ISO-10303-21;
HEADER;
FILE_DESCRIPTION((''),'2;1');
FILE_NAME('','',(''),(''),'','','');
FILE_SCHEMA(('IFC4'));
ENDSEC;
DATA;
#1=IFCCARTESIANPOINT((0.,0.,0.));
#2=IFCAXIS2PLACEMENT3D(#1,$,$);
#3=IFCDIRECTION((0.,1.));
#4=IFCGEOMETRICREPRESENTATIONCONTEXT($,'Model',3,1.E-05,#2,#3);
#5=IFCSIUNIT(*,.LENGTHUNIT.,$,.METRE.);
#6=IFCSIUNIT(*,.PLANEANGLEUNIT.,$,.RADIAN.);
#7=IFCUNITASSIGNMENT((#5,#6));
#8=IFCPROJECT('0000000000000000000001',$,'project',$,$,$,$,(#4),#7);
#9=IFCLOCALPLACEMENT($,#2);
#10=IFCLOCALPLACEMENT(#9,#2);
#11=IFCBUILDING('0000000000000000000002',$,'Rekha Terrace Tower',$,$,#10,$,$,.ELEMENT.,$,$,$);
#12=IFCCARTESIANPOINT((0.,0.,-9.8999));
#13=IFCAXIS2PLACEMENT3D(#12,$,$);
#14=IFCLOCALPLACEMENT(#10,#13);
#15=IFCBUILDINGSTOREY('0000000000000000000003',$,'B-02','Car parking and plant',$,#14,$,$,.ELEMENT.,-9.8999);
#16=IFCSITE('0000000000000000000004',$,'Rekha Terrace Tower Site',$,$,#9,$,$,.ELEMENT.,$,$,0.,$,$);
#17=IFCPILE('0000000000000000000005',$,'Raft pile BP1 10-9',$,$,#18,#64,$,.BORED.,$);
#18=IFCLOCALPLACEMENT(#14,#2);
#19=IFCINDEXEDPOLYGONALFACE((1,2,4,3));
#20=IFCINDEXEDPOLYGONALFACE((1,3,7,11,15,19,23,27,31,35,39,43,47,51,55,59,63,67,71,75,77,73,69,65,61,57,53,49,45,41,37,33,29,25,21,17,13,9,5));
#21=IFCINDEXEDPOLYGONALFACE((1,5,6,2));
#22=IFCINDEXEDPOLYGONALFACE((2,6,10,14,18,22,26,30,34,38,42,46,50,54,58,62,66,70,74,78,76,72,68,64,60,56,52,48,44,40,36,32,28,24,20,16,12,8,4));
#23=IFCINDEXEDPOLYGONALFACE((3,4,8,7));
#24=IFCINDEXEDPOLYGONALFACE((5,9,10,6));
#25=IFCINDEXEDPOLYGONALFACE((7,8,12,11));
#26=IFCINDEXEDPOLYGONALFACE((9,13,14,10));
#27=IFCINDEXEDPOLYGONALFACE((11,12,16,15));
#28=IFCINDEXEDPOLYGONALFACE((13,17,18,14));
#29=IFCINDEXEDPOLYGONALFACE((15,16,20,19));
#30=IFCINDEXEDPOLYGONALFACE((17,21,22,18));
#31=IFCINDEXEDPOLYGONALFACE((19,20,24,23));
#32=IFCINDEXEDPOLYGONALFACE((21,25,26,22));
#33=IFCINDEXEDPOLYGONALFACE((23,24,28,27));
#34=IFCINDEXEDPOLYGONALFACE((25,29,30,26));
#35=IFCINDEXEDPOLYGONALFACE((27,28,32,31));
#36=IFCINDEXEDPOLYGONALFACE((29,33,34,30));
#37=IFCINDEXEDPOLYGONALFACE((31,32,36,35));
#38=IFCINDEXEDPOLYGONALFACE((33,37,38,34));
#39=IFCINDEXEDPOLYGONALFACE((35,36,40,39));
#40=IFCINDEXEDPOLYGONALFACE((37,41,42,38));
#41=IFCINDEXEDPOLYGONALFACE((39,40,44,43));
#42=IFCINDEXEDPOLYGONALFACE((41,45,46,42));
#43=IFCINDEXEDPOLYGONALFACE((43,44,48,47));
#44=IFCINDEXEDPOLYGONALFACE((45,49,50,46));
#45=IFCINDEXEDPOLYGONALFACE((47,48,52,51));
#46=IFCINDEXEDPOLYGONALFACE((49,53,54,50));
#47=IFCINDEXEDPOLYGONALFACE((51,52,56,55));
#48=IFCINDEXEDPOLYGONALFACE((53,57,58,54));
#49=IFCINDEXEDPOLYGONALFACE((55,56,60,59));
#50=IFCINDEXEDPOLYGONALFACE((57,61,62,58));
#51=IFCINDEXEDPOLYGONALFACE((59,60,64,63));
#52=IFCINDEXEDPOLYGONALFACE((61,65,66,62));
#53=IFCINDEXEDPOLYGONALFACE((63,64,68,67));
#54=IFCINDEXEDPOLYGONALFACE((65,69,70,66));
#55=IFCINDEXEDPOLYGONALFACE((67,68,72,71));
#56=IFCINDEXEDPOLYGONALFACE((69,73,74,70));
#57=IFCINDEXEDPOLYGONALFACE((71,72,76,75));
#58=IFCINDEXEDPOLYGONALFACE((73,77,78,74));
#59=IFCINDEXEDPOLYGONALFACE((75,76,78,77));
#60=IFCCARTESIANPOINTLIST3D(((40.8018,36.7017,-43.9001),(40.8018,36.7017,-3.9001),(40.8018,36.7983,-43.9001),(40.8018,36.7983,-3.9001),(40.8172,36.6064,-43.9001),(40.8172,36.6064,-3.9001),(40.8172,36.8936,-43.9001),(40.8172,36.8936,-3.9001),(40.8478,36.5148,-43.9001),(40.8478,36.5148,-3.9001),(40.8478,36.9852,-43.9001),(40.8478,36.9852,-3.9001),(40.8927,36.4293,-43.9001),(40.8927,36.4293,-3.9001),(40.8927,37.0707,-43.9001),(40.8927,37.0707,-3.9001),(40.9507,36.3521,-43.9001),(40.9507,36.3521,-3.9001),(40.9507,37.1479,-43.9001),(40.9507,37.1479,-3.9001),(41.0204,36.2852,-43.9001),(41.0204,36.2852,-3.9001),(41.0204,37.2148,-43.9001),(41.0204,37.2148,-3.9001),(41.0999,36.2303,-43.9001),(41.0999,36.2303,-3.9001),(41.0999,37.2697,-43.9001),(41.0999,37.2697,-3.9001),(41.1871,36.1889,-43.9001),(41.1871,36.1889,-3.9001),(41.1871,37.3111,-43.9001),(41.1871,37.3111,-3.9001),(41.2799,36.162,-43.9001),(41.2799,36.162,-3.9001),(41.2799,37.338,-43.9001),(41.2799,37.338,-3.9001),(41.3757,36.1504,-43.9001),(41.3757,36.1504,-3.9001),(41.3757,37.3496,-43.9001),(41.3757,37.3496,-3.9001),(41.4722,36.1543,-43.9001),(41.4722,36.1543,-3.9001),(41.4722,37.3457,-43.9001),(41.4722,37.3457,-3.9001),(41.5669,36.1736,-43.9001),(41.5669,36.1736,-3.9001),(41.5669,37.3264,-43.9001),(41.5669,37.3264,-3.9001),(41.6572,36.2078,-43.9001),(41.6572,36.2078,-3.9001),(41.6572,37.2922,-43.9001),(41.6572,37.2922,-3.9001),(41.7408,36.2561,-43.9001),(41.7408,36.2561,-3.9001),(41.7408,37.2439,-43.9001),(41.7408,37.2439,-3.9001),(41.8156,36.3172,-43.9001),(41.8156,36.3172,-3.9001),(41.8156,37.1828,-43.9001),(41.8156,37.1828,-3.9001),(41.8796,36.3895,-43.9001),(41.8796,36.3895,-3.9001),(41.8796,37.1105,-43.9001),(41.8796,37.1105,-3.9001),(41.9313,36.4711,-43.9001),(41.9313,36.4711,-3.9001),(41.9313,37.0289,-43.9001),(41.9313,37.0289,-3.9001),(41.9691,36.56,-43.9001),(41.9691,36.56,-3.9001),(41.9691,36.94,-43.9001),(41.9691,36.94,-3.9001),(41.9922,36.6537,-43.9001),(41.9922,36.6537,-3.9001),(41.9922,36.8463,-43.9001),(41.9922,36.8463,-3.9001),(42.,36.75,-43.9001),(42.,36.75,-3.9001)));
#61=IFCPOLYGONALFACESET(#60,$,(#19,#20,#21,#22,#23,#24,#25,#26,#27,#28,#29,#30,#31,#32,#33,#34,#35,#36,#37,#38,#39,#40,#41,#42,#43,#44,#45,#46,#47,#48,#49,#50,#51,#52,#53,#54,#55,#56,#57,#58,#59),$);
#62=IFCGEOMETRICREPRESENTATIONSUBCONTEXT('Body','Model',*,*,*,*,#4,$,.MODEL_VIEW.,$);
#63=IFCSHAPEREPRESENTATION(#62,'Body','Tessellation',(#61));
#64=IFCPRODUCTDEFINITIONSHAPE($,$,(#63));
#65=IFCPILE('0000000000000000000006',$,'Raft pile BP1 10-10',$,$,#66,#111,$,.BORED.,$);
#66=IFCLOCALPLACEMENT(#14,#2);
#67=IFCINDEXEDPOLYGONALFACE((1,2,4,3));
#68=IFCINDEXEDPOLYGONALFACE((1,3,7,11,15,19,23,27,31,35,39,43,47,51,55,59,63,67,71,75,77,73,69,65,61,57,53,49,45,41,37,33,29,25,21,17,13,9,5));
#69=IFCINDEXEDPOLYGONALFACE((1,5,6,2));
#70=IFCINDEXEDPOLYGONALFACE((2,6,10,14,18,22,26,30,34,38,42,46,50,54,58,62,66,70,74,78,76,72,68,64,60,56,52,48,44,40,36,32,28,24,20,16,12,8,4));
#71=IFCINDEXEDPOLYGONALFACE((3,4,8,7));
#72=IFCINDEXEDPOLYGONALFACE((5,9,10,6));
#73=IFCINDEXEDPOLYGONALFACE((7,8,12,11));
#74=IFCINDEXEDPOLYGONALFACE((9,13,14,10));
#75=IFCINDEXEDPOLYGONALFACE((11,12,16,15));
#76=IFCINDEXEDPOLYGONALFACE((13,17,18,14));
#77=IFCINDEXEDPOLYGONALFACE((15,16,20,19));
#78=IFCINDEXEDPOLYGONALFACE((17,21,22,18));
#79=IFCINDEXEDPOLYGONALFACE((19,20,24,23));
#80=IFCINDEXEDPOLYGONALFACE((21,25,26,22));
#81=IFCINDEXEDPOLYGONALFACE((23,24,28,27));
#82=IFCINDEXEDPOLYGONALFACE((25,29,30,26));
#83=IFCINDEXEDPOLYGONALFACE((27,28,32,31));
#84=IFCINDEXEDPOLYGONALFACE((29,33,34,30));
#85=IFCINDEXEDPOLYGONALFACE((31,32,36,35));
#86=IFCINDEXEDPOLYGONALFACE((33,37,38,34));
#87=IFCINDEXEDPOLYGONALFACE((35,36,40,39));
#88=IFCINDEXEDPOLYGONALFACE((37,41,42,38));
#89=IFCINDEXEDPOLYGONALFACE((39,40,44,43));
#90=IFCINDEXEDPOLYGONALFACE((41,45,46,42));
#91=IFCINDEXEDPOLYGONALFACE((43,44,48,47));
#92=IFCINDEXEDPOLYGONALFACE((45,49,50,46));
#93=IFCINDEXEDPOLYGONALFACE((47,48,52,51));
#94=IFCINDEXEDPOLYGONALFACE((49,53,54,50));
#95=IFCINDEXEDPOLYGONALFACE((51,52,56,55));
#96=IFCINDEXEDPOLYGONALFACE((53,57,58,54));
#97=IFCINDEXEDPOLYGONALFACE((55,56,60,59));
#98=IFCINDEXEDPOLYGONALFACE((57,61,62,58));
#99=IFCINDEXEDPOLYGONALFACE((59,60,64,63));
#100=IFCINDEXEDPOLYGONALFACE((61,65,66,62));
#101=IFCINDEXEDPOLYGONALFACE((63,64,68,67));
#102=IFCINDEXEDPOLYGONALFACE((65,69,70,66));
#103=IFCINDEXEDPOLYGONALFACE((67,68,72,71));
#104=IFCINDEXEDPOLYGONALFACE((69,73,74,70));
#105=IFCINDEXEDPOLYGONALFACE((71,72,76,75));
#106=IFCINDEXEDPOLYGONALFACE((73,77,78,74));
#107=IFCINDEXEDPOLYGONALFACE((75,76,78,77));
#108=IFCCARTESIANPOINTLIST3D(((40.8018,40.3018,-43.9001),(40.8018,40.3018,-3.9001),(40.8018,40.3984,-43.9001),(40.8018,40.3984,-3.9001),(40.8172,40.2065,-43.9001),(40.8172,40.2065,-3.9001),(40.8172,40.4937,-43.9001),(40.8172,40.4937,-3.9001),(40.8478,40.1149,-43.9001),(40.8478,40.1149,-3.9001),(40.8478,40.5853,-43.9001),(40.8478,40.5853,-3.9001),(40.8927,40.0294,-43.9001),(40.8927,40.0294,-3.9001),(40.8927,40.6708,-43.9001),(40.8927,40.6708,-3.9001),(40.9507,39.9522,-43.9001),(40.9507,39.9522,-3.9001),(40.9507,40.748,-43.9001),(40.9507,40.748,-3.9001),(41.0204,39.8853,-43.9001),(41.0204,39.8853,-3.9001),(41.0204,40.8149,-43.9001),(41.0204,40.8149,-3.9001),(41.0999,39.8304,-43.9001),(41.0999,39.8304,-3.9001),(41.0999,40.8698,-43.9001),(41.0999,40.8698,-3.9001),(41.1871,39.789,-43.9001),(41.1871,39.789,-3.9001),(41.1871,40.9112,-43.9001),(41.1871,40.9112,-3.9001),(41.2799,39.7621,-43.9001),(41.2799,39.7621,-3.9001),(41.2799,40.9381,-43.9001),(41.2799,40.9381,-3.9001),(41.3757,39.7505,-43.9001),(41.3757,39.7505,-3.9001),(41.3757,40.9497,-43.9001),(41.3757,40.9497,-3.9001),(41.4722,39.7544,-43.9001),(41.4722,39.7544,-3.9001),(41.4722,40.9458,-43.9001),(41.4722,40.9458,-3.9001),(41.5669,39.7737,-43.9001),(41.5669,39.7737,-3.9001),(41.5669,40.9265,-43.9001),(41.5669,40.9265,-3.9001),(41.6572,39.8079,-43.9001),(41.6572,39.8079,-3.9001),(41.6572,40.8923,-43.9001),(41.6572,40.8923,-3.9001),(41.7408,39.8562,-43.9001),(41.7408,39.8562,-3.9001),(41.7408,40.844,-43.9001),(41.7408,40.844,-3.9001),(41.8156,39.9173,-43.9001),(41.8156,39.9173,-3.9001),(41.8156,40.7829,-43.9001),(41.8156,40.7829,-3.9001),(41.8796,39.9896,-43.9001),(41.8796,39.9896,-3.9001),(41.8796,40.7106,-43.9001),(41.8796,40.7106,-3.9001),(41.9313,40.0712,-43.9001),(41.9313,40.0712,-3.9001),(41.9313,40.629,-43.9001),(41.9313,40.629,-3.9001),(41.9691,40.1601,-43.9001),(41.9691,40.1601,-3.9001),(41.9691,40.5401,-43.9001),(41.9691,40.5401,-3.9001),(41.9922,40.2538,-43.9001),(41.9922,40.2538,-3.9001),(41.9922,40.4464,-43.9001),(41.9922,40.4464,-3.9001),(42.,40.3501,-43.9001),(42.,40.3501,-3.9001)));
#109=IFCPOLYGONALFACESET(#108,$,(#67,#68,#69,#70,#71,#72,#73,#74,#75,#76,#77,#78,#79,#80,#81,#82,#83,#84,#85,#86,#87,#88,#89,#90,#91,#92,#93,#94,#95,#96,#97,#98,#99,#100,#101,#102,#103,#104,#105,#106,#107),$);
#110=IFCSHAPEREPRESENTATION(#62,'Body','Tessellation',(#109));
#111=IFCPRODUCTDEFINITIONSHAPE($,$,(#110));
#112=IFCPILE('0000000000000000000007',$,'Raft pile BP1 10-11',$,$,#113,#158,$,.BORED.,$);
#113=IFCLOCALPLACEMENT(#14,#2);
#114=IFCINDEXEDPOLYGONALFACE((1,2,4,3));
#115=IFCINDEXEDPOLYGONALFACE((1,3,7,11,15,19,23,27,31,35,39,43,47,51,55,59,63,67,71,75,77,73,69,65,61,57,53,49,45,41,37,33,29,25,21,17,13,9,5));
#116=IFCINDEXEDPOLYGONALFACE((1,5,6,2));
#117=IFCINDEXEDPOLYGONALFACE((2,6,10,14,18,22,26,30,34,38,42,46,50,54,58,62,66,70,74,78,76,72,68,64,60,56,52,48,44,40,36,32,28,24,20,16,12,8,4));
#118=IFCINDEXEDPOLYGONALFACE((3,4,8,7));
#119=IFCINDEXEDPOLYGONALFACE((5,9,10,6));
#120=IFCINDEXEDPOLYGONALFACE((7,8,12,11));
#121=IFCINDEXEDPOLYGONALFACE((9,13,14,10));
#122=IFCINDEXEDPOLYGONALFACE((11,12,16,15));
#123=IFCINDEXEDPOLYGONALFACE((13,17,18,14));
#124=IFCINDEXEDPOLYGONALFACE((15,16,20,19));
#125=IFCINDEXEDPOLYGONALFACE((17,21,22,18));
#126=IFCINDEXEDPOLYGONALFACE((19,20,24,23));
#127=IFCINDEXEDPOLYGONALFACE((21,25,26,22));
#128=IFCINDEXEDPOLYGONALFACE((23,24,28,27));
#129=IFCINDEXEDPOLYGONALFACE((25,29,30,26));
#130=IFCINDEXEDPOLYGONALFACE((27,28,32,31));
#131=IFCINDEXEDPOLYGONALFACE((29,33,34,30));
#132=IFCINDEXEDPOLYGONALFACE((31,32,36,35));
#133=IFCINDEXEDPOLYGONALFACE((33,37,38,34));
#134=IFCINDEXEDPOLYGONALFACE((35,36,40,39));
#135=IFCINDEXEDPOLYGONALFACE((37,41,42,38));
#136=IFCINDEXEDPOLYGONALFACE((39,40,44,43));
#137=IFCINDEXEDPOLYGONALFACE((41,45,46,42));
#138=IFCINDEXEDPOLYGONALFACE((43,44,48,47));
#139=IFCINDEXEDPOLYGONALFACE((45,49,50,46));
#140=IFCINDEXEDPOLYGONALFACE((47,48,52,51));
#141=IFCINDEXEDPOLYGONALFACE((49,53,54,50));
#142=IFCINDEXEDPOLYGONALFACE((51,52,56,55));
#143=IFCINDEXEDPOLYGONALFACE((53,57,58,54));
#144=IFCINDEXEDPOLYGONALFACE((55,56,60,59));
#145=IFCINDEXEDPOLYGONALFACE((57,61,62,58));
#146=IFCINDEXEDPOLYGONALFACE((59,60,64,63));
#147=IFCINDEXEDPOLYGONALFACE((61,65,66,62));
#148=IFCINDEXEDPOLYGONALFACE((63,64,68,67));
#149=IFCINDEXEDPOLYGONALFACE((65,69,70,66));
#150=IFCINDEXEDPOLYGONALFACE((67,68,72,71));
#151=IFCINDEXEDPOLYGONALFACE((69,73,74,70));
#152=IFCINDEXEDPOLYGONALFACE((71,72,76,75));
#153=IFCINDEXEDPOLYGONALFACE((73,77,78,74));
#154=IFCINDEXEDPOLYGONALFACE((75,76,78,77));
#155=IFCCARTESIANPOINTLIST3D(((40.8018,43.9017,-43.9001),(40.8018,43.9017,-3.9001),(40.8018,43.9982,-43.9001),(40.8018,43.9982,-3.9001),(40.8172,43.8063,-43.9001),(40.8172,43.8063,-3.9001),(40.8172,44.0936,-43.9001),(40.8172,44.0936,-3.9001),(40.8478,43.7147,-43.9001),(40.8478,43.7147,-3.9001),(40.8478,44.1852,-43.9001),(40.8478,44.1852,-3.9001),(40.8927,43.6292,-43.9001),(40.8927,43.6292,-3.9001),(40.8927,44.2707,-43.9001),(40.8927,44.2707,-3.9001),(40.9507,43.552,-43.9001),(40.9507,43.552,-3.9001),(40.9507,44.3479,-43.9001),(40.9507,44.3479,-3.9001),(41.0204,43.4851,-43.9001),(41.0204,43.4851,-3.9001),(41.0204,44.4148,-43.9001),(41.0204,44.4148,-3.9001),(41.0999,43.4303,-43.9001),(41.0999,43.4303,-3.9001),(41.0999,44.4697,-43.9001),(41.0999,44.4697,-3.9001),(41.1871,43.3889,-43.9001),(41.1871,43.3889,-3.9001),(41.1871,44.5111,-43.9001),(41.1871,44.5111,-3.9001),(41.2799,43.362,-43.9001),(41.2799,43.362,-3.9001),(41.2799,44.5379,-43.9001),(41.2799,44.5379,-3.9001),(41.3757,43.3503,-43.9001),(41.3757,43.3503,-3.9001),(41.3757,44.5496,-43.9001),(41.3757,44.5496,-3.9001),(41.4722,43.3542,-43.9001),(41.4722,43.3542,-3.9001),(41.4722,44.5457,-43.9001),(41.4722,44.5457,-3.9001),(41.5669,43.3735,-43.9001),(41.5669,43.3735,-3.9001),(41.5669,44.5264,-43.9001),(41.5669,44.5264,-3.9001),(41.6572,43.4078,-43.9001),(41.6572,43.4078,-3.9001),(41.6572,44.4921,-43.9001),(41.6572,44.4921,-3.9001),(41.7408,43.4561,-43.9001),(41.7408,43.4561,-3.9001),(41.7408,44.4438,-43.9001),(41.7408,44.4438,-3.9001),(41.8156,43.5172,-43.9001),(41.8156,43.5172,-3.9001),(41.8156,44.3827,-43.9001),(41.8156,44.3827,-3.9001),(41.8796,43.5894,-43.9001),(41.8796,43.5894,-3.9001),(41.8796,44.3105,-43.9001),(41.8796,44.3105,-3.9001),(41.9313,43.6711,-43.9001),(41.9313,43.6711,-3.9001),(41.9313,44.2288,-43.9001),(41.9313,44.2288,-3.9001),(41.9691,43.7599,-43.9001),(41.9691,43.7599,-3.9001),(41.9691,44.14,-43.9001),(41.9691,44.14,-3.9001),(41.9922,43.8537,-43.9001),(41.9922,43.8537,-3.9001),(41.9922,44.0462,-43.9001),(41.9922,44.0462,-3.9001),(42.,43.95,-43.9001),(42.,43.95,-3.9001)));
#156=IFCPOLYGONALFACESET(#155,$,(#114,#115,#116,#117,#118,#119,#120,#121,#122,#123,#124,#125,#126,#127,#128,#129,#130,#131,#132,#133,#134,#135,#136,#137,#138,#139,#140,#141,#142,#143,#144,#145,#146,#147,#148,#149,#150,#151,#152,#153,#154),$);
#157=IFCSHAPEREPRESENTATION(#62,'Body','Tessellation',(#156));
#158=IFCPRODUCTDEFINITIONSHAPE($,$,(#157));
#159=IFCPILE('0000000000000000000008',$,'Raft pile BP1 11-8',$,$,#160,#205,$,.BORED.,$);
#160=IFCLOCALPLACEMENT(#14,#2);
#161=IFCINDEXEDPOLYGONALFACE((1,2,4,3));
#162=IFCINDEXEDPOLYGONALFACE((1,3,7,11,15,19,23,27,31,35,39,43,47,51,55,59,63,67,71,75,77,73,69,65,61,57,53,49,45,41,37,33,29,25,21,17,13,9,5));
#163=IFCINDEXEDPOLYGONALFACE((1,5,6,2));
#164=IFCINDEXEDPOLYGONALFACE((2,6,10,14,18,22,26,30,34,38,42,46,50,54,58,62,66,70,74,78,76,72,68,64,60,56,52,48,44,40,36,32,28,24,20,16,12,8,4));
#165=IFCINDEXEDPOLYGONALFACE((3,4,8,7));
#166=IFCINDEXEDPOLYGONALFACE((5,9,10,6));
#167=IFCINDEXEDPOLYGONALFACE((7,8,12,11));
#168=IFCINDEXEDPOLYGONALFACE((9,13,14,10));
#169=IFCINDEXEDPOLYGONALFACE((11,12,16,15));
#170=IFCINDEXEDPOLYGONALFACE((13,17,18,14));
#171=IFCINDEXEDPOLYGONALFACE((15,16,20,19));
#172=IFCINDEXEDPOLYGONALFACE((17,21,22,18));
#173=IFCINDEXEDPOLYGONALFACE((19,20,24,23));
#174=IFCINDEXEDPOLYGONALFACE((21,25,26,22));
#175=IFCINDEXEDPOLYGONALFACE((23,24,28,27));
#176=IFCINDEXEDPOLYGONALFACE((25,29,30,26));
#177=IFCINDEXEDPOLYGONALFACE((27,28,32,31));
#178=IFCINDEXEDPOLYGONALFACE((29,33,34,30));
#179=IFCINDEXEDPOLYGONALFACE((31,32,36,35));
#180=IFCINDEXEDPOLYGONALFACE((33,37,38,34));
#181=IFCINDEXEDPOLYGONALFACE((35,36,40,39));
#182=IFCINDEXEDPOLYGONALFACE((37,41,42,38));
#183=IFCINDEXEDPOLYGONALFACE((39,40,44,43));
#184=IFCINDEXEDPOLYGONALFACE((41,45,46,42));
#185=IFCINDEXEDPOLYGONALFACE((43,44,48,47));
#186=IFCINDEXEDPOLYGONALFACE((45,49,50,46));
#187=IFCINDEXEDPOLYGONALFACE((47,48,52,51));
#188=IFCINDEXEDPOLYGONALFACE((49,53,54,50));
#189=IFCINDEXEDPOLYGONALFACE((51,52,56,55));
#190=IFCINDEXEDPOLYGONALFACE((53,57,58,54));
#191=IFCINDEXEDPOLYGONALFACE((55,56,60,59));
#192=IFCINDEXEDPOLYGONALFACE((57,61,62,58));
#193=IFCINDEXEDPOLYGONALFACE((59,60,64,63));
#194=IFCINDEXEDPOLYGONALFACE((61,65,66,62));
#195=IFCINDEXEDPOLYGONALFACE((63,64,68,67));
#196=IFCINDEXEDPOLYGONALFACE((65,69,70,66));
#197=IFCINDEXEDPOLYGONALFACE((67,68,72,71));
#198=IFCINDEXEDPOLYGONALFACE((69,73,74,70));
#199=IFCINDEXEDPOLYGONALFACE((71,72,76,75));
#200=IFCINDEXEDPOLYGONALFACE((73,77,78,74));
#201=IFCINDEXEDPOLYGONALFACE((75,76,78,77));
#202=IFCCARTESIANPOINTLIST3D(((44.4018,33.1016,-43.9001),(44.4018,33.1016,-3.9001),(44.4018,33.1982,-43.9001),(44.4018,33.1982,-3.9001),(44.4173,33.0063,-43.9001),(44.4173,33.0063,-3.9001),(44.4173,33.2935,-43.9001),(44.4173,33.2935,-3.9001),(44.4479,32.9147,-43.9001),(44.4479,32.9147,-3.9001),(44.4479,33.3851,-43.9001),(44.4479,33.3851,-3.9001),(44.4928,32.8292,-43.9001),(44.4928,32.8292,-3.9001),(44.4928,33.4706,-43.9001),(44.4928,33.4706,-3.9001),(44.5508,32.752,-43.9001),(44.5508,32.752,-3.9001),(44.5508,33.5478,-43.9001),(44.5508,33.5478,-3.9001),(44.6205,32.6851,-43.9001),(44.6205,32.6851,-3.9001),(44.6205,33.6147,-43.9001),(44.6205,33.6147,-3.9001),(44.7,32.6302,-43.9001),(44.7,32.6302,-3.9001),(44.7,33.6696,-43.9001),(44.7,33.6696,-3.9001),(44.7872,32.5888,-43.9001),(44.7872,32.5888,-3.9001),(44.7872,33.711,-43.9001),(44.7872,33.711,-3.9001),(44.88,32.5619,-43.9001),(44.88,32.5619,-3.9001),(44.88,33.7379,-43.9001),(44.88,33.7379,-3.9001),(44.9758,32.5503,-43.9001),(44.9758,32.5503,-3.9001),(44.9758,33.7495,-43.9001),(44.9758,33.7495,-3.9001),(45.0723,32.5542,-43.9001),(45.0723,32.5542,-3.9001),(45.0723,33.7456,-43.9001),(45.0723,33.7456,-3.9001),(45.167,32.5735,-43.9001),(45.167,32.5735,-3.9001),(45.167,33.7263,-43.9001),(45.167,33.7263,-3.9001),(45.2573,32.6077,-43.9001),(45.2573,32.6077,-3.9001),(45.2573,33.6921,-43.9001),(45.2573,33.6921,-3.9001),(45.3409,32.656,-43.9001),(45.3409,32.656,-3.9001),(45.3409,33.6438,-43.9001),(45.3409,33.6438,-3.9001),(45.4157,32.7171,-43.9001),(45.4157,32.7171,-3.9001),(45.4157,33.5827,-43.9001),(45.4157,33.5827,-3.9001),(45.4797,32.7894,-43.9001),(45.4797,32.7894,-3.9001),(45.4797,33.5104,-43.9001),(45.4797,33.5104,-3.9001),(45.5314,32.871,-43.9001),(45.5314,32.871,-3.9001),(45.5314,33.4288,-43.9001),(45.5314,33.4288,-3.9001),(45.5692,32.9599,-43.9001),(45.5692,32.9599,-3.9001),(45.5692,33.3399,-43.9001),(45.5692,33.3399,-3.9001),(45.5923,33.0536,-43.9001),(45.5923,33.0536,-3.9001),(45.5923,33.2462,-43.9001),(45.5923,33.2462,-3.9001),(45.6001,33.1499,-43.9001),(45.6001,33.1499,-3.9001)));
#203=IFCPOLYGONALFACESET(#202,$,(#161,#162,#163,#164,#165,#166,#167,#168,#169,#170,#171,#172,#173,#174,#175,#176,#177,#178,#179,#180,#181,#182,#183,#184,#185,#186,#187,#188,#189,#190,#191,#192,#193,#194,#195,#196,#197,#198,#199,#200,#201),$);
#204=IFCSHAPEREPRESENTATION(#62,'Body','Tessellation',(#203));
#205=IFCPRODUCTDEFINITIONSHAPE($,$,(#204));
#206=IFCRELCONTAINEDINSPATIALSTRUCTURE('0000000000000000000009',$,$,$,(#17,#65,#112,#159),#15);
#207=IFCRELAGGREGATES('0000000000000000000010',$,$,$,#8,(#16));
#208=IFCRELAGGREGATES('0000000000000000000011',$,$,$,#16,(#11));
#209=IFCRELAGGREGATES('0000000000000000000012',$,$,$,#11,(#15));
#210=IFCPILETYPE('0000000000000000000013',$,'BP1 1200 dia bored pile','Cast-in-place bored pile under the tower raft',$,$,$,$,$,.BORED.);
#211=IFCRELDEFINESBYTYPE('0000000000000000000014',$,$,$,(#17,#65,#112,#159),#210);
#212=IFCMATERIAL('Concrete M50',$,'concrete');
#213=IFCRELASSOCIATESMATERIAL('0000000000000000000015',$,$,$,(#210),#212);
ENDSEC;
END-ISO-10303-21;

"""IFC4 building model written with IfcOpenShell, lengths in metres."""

from ifc_helpers import new_model, si_unit, direction, frame, origin, origin_2d, place, context, subcontext, project, spatial, circle, extrude, material, type_object, element, save


model = new_model("IFC4")

# Units and contexts
model_context = context("Model", 3, precision=1e-05, world=origin(), true_north=direction((0.0, 1.0)))
body_context = subcontext(model_context, "Body", "Model", "MODEL_VIEW")
ifc_project = project(units=[si_unit("LENGTHUNIT", "METRE"), si_unit("PLANEANGLEUNIT", "RADIAN")], contexts=[model_context])

# Site, building, storey
site_placement = place(None, origin())
site = spatial("IfcSite", under=ifc_project, at=site_placement, Name="Rekha Terrace Tower Site", CompositionType="ELEMENT", RefElevation=0.0)
building_placement = place(site_placement, origin())
building = spatial("IfcBuilding", under=site, at=building_placement, Name="Rekha Terrace Tower", CompositionType="ELEMENT")
storey_placement = place(building_placement, frame((0.0, 0.0, -9.8999)))
storey = spatial("IfcBuildingStorey", under=building, at=storey_placement, Name="B-02", Description="Car parking and plant", CompositionType="ELEMENT", Elevation=-9.8999)

# Piles
ifc_material_1 = material(Name="Concrete M50", Category="concrete")
pile_type = type_object("IfcPileType", Name="BP1 1200 dia bored pile", Description="Cast-in-place bored pile under the tower raft", PredefinedType="BORED", material=ifc_material_1)
for number, where, z_axis, x_axis, name in (
    (1, (41.3999, 36.75, -3.9001), (0.0, 0.0, -1.0), (1.0, 0.0, 0.0), "Raft pile BP1 10-9"),
    (2, (41.3999, 40.3501, -3.9001), (0.0, 0.0, -1.0), (1.0, 0.0, 0.0), "Raft pile BP1 10-10"),
    (3, (41.3999, 43.95, -3.9001), (0.0, 0.0, -1.0), (1.0, 0.0, 0.0), "Raft pile BP1 10-11"),
    (4, (45.0, 33.1499, -3.9001), (0.0, 0.0, -1.0), (1.0, 0.0, 0.0), "Raft pile BP1 11-8"),
):
    element("IfcPile", number, at=place(storey_placement, frame(where, z_axis=z_axis, x_axis=x_axis)), inside=storey, type_object=pile_type, Name=name, PredefinedType="BORED", context=body_context, shape_type="SweptSolid", body=[
        extrude(circle(Radius=0.6001, at=origin_2d()), origin(), (0.0, 0.0, 1.0), 40.0),
    ])

save(model, "model.ifc")
